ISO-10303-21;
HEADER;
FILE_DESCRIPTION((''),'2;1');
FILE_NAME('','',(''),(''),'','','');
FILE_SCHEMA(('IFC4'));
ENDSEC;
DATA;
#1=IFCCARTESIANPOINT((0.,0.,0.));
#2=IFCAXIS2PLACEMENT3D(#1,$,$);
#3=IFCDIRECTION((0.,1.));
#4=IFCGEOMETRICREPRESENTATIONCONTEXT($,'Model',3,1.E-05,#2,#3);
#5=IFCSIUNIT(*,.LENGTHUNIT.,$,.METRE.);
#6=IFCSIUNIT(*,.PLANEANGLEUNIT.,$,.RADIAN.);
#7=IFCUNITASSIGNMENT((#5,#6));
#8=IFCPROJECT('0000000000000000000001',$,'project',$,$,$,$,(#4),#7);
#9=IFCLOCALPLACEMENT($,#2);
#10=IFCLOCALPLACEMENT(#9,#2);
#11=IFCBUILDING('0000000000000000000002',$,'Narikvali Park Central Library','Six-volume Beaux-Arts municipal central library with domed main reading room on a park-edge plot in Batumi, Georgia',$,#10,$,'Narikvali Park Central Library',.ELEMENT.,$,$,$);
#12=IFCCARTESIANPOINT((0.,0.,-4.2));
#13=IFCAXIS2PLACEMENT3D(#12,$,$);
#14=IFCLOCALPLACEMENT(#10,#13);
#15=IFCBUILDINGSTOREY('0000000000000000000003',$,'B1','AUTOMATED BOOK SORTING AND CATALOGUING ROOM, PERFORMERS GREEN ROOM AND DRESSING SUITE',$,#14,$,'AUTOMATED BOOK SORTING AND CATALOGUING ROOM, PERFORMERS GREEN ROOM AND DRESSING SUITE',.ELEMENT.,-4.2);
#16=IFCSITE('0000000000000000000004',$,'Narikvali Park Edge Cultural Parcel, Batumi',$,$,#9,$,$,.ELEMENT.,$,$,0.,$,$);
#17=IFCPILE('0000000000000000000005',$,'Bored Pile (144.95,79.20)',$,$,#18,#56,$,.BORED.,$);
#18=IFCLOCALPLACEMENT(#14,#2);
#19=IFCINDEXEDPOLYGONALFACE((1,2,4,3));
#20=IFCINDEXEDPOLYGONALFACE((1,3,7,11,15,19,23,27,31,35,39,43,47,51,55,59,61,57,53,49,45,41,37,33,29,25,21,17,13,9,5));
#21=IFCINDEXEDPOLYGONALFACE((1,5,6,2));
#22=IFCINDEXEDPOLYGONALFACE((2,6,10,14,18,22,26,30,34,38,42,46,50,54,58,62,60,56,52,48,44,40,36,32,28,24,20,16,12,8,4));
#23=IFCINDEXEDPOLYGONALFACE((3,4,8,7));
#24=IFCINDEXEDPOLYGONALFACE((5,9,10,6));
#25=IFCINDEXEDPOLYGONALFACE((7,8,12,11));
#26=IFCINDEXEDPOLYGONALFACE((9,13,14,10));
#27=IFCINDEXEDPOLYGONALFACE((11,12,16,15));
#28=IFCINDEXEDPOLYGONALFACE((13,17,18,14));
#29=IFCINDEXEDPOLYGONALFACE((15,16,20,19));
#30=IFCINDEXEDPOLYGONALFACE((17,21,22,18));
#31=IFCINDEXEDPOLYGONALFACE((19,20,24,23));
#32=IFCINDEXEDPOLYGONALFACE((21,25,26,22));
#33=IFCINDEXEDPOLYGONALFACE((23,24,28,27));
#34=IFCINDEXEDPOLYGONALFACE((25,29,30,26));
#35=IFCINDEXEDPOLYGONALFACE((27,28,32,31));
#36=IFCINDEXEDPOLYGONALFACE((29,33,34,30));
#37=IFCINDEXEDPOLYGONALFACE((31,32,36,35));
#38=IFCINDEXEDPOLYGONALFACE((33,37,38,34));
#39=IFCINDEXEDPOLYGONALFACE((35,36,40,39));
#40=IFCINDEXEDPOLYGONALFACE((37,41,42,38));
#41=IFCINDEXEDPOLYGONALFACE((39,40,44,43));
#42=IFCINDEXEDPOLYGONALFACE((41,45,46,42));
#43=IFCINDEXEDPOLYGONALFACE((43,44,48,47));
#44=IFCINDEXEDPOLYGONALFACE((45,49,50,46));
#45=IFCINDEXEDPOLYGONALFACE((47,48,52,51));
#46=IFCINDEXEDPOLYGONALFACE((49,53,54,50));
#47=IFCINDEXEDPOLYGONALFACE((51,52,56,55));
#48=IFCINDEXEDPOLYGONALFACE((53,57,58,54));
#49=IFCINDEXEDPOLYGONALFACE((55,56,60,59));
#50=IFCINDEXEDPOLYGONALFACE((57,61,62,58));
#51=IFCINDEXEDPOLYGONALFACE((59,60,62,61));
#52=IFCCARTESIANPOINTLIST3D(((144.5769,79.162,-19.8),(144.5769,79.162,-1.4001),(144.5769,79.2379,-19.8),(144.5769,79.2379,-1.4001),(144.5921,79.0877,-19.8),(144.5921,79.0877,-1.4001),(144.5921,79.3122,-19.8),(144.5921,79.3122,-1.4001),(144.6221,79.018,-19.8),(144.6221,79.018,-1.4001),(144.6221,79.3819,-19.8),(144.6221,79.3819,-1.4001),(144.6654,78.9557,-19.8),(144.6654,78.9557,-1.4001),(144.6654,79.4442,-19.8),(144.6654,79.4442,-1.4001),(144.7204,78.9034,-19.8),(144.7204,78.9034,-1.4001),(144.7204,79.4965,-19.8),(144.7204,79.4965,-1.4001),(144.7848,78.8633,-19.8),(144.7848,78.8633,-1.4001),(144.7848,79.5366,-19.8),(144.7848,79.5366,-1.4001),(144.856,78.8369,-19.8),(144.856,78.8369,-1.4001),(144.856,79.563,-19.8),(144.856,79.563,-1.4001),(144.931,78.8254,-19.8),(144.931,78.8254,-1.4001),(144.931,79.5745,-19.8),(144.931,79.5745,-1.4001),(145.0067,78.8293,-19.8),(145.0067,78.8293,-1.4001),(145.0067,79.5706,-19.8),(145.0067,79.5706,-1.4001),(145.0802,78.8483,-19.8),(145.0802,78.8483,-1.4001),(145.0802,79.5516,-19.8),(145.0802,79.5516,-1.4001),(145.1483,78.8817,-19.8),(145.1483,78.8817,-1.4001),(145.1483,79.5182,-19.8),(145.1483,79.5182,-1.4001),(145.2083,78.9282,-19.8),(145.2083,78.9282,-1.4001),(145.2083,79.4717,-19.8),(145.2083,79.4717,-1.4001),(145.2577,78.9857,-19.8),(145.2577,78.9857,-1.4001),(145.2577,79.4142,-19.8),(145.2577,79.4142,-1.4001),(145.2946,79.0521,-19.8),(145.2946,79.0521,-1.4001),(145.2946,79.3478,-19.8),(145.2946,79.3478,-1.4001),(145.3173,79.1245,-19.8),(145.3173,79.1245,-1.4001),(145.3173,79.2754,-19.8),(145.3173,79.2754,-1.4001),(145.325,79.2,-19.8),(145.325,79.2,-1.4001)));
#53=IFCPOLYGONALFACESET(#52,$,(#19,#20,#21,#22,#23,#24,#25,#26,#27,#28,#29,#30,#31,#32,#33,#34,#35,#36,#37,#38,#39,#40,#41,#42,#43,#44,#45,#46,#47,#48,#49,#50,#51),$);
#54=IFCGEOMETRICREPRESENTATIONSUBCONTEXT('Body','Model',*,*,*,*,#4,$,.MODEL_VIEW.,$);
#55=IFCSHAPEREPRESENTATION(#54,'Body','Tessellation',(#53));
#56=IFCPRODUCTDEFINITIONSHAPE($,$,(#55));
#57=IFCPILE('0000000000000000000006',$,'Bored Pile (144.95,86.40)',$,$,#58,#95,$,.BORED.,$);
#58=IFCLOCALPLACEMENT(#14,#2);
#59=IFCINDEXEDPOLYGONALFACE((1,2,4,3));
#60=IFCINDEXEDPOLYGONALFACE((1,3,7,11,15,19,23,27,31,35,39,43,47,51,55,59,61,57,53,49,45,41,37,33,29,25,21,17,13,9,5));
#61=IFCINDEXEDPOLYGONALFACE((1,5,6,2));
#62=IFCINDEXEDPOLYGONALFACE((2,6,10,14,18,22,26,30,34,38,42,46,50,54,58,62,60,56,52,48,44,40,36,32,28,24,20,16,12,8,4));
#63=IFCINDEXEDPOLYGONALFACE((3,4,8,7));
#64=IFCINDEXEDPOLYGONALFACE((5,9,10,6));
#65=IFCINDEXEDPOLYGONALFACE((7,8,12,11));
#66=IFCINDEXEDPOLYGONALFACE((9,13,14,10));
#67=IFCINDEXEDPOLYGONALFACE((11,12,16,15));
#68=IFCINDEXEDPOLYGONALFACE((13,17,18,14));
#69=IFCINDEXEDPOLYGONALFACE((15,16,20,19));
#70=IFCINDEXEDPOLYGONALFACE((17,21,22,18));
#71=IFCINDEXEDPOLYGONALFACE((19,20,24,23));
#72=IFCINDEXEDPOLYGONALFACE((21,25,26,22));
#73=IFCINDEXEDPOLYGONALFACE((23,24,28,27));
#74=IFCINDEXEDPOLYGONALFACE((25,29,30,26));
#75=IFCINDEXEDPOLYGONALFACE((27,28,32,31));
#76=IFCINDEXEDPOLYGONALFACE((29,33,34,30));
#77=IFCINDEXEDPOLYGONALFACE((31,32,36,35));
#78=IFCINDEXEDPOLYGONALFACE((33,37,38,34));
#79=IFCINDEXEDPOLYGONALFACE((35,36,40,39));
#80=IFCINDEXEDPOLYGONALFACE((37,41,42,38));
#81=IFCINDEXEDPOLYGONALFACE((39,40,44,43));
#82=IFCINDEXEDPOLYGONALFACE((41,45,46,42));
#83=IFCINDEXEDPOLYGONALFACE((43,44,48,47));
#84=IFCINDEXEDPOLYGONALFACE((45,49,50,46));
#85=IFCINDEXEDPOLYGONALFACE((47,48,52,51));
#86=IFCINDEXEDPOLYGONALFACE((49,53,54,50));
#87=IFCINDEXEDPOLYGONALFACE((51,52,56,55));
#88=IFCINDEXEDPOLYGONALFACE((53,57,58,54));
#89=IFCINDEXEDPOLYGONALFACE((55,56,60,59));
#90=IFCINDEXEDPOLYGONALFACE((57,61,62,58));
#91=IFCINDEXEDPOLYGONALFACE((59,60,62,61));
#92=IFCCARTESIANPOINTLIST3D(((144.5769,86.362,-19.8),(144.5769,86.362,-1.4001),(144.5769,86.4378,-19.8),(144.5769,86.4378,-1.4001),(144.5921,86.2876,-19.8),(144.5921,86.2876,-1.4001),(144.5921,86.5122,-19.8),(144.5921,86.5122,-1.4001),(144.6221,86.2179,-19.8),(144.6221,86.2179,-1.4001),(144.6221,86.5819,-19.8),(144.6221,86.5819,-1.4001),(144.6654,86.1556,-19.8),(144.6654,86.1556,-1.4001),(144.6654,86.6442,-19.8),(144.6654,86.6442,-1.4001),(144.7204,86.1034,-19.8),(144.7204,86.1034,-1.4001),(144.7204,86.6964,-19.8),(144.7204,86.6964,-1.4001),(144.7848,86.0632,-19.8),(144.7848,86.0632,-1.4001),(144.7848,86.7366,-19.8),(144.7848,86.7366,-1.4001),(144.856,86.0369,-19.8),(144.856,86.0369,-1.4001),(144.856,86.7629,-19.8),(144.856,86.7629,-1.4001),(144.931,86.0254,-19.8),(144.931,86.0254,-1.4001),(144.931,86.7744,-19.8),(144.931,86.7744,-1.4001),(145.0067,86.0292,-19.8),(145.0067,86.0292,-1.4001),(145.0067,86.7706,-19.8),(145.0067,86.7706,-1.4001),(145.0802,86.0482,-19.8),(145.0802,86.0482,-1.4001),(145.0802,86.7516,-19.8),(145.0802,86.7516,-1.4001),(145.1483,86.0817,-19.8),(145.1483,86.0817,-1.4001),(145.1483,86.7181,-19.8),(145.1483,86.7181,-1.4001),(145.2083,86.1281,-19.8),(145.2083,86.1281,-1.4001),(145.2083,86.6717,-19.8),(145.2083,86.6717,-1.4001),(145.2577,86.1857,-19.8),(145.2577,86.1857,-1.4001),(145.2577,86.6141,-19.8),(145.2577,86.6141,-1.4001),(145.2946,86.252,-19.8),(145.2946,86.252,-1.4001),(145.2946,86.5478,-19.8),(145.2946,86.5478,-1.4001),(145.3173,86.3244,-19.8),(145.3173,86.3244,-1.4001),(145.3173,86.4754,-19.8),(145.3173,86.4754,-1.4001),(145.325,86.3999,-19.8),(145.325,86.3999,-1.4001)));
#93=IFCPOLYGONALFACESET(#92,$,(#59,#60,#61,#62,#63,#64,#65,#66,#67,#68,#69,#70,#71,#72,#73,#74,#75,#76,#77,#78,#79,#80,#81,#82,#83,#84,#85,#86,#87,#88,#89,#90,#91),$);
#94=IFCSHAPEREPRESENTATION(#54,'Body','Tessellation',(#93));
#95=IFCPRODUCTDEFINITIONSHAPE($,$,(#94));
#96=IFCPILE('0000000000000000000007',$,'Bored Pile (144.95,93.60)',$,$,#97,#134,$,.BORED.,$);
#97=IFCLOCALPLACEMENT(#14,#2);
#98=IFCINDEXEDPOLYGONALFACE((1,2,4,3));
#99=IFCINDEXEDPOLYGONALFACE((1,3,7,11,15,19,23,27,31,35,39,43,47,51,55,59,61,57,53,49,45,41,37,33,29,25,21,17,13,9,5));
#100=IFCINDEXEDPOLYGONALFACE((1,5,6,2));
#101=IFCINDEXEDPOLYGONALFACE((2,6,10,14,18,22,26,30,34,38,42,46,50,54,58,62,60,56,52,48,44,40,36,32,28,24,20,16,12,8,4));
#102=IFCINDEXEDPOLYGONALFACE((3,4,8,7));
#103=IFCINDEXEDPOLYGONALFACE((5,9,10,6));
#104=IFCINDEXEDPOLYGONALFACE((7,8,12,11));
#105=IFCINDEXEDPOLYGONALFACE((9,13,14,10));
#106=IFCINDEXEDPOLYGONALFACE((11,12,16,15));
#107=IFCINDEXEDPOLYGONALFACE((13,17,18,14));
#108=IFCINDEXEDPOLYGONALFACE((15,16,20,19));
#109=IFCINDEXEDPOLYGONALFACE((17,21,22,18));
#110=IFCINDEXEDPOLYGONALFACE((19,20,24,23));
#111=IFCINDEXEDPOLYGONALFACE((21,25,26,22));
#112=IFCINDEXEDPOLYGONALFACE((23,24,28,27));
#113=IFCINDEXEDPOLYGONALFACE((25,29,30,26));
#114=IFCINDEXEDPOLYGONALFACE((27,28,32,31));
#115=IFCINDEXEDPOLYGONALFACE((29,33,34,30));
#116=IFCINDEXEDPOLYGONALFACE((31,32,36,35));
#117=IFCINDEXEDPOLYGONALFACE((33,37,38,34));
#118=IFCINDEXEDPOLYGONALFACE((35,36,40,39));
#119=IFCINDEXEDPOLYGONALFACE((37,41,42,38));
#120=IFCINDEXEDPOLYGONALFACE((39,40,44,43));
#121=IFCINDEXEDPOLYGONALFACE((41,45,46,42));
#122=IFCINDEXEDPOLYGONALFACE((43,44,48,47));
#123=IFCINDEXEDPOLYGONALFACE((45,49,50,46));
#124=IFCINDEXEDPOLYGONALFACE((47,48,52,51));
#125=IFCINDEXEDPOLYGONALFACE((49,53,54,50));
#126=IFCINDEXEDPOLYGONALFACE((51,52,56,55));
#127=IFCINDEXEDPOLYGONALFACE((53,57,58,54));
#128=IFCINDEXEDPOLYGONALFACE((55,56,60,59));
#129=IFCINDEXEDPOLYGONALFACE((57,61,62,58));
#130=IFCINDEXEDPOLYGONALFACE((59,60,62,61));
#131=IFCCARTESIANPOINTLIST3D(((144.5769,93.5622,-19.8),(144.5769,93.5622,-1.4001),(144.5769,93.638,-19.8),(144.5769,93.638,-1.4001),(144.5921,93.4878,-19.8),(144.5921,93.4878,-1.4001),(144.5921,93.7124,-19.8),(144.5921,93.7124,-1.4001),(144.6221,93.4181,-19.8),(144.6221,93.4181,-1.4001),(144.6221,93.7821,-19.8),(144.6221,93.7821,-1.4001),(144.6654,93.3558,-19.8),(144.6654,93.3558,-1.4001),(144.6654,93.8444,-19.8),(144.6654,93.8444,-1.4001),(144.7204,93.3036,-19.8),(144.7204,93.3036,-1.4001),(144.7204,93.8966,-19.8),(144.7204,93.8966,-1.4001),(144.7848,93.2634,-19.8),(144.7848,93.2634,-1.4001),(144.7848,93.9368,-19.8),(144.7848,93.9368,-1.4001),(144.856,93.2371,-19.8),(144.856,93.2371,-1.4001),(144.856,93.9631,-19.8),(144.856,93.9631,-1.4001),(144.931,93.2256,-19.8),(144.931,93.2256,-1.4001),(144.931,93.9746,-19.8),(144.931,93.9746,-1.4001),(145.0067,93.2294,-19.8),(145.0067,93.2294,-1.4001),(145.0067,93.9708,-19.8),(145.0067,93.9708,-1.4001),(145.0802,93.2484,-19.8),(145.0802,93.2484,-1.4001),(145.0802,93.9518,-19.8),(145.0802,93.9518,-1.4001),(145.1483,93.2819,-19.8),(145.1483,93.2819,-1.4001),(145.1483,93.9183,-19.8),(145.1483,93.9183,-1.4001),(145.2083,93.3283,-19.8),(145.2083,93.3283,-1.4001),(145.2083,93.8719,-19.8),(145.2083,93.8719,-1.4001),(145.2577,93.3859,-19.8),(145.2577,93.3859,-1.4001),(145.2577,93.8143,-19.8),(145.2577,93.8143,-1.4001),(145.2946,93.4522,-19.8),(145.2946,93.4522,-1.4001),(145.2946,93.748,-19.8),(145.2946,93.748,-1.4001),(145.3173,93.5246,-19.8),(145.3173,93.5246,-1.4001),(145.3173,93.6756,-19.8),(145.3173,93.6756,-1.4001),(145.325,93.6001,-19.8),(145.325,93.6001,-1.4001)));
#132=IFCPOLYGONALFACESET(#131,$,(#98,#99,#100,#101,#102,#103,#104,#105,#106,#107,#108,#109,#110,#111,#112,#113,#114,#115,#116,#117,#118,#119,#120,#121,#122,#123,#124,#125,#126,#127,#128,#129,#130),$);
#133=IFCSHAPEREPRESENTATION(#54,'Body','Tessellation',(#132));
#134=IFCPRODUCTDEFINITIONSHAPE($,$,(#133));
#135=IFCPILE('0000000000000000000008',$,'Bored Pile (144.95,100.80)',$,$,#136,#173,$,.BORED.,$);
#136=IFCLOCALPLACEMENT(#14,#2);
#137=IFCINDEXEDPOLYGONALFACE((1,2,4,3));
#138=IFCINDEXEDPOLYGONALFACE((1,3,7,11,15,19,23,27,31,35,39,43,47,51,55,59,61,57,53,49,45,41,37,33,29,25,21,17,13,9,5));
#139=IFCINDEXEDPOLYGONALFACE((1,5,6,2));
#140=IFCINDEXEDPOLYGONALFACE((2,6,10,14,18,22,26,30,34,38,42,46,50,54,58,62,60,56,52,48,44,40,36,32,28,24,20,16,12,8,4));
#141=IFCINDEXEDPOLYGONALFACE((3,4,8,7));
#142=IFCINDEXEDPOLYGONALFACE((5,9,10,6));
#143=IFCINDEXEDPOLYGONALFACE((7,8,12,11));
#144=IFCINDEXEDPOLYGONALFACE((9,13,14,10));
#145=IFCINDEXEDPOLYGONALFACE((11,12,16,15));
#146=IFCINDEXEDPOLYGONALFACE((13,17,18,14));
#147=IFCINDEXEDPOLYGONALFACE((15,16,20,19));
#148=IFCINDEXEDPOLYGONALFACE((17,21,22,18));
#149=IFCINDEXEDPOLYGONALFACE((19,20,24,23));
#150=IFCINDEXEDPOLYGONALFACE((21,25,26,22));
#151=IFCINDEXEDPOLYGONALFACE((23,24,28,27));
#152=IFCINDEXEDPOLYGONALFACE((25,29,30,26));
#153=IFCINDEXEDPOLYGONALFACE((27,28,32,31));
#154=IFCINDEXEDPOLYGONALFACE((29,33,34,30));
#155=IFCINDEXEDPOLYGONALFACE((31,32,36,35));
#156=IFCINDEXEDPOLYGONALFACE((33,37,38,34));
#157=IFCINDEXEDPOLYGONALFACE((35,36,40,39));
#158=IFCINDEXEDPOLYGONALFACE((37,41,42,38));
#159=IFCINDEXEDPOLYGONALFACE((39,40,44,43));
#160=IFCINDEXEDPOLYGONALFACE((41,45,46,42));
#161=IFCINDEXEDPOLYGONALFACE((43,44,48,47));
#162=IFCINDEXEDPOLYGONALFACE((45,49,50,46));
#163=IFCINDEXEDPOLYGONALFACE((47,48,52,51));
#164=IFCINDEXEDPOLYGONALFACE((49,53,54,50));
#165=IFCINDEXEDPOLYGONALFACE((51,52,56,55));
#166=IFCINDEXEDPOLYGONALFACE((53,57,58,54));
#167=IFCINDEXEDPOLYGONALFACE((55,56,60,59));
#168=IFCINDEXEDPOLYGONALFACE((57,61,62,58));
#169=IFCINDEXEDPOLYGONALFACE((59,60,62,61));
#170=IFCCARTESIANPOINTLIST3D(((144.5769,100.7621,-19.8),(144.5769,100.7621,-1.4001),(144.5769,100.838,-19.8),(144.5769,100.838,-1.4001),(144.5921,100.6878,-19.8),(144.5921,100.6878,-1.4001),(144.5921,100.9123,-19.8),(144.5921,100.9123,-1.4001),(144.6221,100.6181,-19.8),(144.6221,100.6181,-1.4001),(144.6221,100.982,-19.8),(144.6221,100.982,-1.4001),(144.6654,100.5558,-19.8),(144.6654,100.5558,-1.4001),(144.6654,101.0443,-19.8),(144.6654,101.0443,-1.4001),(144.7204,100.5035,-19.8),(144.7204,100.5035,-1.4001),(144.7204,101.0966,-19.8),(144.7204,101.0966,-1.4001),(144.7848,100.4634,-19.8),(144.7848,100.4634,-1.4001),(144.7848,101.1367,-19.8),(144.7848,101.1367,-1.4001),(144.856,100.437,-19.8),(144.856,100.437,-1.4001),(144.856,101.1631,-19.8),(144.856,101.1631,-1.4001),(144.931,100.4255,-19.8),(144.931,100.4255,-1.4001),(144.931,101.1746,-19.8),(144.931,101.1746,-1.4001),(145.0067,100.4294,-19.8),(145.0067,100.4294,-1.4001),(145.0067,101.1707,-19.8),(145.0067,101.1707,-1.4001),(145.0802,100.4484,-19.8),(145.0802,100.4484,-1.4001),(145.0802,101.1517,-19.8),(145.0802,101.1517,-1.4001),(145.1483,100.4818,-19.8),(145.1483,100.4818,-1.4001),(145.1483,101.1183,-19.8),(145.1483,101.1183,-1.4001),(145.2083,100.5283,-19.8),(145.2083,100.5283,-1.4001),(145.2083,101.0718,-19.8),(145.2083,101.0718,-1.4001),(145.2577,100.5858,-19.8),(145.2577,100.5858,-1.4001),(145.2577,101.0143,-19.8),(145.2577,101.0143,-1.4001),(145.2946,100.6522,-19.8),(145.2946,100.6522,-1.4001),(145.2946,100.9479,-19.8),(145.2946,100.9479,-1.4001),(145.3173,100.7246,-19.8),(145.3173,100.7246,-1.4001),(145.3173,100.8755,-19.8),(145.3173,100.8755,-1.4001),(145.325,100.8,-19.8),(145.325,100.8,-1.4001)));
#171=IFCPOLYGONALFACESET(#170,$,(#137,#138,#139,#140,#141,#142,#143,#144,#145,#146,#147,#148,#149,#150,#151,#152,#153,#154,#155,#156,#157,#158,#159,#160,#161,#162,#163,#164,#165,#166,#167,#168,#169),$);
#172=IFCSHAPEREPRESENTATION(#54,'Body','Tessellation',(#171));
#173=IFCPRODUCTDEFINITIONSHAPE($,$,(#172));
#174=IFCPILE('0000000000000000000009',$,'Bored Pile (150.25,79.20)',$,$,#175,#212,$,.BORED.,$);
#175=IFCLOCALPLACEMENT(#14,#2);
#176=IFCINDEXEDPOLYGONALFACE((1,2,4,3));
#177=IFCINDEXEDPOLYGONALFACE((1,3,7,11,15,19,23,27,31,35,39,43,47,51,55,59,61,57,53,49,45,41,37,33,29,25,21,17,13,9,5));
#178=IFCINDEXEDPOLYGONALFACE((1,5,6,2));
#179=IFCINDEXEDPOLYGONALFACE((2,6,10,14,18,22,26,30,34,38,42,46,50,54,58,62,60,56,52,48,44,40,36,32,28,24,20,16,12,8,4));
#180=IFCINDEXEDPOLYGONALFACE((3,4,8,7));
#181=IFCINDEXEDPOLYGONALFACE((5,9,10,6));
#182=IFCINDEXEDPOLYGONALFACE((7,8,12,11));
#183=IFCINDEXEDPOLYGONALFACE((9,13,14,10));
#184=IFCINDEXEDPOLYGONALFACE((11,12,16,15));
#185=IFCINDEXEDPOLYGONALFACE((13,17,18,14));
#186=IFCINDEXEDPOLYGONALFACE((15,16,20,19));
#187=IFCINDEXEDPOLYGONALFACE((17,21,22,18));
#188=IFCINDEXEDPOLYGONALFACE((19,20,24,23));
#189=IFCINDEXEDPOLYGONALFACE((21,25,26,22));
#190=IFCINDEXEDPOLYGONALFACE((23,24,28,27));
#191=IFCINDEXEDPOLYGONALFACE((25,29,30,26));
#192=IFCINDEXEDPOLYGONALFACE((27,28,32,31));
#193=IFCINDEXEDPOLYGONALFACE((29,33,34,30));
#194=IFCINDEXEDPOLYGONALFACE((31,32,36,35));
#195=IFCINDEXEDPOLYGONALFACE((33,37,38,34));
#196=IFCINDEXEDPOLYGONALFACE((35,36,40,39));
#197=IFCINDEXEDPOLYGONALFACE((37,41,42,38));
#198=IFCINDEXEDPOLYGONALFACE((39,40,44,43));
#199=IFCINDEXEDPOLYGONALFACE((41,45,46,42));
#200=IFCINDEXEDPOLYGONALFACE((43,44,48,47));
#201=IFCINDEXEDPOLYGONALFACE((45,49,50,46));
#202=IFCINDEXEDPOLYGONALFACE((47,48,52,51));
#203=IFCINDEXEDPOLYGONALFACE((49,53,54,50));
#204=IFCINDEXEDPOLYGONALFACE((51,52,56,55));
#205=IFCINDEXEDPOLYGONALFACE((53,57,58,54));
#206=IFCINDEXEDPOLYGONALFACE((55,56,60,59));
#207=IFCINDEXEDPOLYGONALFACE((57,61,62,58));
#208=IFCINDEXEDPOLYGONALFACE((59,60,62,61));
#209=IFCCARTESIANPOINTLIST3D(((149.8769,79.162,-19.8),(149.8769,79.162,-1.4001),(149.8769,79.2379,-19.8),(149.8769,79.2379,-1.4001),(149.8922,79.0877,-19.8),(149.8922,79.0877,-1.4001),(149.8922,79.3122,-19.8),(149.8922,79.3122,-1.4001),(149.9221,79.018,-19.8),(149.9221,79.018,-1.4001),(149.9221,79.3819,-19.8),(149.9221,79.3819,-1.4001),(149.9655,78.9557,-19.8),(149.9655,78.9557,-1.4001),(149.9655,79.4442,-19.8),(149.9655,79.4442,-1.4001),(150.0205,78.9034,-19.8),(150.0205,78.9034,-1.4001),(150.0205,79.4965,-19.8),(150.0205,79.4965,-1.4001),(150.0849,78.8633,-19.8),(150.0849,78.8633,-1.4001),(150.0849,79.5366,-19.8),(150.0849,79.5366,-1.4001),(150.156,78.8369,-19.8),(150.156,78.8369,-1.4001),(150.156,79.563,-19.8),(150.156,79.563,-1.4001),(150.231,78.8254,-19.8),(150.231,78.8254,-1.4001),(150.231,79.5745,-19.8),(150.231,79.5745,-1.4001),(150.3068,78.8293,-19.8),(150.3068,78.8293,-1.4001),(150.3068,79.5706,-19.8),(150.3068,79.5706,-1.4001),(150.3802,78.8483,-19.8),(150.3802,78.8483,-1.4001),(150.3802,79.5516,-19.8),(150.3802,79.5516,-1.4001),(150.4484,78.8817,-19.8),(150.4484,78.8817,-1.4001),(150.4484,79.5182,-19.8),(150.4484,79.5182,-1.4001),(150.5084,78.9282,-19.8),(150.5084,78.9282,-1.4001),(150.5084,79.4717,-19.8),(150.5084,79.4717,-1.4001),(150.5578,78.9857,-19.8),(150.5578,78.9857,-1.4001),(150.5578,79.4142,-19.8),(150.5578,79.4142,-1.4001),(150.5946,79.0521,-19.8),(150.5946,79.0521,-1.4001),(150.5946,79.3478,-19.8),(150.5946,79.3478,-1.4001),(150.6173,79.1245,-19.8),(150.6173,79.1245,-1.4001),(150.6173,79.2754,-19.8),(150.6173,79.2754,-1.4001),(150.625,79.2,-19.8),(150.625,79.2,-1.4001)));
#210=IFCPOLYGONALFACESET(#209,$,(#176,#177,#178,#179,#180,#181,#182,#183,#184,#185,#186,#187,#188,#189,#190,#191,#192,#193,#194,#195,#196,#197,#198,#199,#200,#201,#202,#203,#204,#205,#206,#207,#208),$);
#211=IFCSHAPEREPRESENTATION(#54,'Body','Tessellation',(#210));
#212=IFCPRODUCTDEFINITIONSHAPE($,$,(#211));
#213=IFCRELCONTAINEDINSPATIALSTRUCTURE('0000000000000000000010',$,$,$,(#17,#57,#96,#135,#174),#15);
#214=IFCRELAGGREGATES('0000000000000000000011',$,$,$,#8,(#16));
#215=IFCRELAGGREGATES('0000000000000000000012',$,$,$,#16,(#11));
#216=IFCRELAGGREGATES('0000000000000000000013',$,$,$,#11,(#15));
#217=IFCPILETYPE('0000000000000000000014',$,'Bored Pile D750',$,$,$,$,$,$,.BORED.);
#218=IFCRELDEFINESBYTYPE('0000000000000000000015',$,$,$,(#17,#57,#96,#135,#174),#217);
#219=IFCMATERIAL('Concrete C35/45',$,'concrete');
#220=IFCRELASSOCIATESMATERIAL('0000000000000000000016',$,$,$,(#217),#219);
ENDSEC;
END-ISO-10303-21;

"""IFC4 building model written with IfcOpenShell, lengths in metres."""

from ifc_helpers import new_model, si_unit, direction, frame, origin, origin_2d, place, context, subcontext, project, spatial, circle, extrude, material, material_profile, profile_set, type_object, element, save


model = new_model("IFC4")

# Units and contexts
model_context = context("Model", 3, precision=1e-05, world=origin(), true_north=direction((0.0, 1.0)))
body_context = subcontext(model_context, "Body", "Model", "MODEL_VIEW")
ifc_project = project(units=[si_unit("LENGTHUNIT", "METRE"), si_unit("PLANEANGLEUNIT", "RADIAN")], contexts=[model_context])

# Site, building, storey
site_placement = place(None, origin())
site = spatial("IfcSite", under=ifc_project, at=site_placement, Name="Narikvali Park Edge Cultural Parcel, Batumi", CompositionType="ELEMENT", RefElevation=0.0)
building_placement = place(site_placement, origin())
building = spatial("IfcBuilding", under=site, at=building_placement, Name="Narikvali Park Central Library", Description="Six-volume Beaux-Arts municipal central library with domed main reading room on a park-edge plot in Batumi, Georgia", LongName="Narikvali Park Central Library", CompositionType="ELEMENT")
storey_placement = place(building_placement, frame((0.0, 0.0, -4.2)))
storey = spatial("IfcBuildingStorey", under=building, at=storey_placement, Name="B1", Description="AUTOMATED BOOK SORTING AND CATALOGUING ROOM, PERFORMERS GREEN ROOM AND DRESSING SUITE", LongName="AUTOMATED BOOK SORTING AND CATALOGUING ROOM, PERFORMERS GREEN ROOM AND DRESSING SUITE", CompositionType="ELEMENT", Elevation=-4.2)

# Piles
ifc_material_1 = material(Name="Concrete C35/45", Category="concrete")
ifc_material_profile_1 = material_profile(ifc_material_1, circle(Radius=0.375, at=origin_2d()), Name="PILE D750")
ifc_profile_set_1 = profile_set([ifc_material_profile_1], Name="Concrete C35/45")
pile_type = type_object("IfcPileType", Name="Bored Pile D750", PredefinedType="BORED", material=ifc_profile_set_1)
for number, where, z_axis, x_axis, name in (
    (1, (144.95, 79.2, -1.4001), (0.0, 0.0, -1.0), (1.0, 0.0, 0.0), "Bored Pile (144.95,79.20)"),
    (2, (144.95, 86.3999, -1.4001), (0.0, 0.0, -1.0), (1.0, 0.0, 0.0), "Bored Pile (144.95,86.40)"),
    (3, (144.95, 93.6001, -1.4001), (0.0, 0.0, -1.0), (1.0, 0.0, 0.0), "Bored Pile (144.95,93.60)"),
    (4, (144.95, 100.8, -1.4001), (0.0, 0.0, -1.0), (1.0, 0.0, 0.0), "Bored Pile (144.95,100.80)"),
    (5, (150.25, 79.2, -1.4001), (0.0, 0.0, -1.0), (1.0, 0.0, 0.0), "Bored Pile (150.25,79.20)"),
):
    element("IfcPile", number, at=place(storey_placement, frame(where, z_axis=z_axis, x_axis=x_axis)), inside=storey, type_object=pile_type, Name=name, PredefinedType="BORED", context=body_context, shape_type="SweptSolid", body=[
        extrude(circle(Radius=0.375, at=origin_2d()), origin(), (0.0, 0.0, 1.0), 18.3999),
    ])

save(model, "model.ifc")
